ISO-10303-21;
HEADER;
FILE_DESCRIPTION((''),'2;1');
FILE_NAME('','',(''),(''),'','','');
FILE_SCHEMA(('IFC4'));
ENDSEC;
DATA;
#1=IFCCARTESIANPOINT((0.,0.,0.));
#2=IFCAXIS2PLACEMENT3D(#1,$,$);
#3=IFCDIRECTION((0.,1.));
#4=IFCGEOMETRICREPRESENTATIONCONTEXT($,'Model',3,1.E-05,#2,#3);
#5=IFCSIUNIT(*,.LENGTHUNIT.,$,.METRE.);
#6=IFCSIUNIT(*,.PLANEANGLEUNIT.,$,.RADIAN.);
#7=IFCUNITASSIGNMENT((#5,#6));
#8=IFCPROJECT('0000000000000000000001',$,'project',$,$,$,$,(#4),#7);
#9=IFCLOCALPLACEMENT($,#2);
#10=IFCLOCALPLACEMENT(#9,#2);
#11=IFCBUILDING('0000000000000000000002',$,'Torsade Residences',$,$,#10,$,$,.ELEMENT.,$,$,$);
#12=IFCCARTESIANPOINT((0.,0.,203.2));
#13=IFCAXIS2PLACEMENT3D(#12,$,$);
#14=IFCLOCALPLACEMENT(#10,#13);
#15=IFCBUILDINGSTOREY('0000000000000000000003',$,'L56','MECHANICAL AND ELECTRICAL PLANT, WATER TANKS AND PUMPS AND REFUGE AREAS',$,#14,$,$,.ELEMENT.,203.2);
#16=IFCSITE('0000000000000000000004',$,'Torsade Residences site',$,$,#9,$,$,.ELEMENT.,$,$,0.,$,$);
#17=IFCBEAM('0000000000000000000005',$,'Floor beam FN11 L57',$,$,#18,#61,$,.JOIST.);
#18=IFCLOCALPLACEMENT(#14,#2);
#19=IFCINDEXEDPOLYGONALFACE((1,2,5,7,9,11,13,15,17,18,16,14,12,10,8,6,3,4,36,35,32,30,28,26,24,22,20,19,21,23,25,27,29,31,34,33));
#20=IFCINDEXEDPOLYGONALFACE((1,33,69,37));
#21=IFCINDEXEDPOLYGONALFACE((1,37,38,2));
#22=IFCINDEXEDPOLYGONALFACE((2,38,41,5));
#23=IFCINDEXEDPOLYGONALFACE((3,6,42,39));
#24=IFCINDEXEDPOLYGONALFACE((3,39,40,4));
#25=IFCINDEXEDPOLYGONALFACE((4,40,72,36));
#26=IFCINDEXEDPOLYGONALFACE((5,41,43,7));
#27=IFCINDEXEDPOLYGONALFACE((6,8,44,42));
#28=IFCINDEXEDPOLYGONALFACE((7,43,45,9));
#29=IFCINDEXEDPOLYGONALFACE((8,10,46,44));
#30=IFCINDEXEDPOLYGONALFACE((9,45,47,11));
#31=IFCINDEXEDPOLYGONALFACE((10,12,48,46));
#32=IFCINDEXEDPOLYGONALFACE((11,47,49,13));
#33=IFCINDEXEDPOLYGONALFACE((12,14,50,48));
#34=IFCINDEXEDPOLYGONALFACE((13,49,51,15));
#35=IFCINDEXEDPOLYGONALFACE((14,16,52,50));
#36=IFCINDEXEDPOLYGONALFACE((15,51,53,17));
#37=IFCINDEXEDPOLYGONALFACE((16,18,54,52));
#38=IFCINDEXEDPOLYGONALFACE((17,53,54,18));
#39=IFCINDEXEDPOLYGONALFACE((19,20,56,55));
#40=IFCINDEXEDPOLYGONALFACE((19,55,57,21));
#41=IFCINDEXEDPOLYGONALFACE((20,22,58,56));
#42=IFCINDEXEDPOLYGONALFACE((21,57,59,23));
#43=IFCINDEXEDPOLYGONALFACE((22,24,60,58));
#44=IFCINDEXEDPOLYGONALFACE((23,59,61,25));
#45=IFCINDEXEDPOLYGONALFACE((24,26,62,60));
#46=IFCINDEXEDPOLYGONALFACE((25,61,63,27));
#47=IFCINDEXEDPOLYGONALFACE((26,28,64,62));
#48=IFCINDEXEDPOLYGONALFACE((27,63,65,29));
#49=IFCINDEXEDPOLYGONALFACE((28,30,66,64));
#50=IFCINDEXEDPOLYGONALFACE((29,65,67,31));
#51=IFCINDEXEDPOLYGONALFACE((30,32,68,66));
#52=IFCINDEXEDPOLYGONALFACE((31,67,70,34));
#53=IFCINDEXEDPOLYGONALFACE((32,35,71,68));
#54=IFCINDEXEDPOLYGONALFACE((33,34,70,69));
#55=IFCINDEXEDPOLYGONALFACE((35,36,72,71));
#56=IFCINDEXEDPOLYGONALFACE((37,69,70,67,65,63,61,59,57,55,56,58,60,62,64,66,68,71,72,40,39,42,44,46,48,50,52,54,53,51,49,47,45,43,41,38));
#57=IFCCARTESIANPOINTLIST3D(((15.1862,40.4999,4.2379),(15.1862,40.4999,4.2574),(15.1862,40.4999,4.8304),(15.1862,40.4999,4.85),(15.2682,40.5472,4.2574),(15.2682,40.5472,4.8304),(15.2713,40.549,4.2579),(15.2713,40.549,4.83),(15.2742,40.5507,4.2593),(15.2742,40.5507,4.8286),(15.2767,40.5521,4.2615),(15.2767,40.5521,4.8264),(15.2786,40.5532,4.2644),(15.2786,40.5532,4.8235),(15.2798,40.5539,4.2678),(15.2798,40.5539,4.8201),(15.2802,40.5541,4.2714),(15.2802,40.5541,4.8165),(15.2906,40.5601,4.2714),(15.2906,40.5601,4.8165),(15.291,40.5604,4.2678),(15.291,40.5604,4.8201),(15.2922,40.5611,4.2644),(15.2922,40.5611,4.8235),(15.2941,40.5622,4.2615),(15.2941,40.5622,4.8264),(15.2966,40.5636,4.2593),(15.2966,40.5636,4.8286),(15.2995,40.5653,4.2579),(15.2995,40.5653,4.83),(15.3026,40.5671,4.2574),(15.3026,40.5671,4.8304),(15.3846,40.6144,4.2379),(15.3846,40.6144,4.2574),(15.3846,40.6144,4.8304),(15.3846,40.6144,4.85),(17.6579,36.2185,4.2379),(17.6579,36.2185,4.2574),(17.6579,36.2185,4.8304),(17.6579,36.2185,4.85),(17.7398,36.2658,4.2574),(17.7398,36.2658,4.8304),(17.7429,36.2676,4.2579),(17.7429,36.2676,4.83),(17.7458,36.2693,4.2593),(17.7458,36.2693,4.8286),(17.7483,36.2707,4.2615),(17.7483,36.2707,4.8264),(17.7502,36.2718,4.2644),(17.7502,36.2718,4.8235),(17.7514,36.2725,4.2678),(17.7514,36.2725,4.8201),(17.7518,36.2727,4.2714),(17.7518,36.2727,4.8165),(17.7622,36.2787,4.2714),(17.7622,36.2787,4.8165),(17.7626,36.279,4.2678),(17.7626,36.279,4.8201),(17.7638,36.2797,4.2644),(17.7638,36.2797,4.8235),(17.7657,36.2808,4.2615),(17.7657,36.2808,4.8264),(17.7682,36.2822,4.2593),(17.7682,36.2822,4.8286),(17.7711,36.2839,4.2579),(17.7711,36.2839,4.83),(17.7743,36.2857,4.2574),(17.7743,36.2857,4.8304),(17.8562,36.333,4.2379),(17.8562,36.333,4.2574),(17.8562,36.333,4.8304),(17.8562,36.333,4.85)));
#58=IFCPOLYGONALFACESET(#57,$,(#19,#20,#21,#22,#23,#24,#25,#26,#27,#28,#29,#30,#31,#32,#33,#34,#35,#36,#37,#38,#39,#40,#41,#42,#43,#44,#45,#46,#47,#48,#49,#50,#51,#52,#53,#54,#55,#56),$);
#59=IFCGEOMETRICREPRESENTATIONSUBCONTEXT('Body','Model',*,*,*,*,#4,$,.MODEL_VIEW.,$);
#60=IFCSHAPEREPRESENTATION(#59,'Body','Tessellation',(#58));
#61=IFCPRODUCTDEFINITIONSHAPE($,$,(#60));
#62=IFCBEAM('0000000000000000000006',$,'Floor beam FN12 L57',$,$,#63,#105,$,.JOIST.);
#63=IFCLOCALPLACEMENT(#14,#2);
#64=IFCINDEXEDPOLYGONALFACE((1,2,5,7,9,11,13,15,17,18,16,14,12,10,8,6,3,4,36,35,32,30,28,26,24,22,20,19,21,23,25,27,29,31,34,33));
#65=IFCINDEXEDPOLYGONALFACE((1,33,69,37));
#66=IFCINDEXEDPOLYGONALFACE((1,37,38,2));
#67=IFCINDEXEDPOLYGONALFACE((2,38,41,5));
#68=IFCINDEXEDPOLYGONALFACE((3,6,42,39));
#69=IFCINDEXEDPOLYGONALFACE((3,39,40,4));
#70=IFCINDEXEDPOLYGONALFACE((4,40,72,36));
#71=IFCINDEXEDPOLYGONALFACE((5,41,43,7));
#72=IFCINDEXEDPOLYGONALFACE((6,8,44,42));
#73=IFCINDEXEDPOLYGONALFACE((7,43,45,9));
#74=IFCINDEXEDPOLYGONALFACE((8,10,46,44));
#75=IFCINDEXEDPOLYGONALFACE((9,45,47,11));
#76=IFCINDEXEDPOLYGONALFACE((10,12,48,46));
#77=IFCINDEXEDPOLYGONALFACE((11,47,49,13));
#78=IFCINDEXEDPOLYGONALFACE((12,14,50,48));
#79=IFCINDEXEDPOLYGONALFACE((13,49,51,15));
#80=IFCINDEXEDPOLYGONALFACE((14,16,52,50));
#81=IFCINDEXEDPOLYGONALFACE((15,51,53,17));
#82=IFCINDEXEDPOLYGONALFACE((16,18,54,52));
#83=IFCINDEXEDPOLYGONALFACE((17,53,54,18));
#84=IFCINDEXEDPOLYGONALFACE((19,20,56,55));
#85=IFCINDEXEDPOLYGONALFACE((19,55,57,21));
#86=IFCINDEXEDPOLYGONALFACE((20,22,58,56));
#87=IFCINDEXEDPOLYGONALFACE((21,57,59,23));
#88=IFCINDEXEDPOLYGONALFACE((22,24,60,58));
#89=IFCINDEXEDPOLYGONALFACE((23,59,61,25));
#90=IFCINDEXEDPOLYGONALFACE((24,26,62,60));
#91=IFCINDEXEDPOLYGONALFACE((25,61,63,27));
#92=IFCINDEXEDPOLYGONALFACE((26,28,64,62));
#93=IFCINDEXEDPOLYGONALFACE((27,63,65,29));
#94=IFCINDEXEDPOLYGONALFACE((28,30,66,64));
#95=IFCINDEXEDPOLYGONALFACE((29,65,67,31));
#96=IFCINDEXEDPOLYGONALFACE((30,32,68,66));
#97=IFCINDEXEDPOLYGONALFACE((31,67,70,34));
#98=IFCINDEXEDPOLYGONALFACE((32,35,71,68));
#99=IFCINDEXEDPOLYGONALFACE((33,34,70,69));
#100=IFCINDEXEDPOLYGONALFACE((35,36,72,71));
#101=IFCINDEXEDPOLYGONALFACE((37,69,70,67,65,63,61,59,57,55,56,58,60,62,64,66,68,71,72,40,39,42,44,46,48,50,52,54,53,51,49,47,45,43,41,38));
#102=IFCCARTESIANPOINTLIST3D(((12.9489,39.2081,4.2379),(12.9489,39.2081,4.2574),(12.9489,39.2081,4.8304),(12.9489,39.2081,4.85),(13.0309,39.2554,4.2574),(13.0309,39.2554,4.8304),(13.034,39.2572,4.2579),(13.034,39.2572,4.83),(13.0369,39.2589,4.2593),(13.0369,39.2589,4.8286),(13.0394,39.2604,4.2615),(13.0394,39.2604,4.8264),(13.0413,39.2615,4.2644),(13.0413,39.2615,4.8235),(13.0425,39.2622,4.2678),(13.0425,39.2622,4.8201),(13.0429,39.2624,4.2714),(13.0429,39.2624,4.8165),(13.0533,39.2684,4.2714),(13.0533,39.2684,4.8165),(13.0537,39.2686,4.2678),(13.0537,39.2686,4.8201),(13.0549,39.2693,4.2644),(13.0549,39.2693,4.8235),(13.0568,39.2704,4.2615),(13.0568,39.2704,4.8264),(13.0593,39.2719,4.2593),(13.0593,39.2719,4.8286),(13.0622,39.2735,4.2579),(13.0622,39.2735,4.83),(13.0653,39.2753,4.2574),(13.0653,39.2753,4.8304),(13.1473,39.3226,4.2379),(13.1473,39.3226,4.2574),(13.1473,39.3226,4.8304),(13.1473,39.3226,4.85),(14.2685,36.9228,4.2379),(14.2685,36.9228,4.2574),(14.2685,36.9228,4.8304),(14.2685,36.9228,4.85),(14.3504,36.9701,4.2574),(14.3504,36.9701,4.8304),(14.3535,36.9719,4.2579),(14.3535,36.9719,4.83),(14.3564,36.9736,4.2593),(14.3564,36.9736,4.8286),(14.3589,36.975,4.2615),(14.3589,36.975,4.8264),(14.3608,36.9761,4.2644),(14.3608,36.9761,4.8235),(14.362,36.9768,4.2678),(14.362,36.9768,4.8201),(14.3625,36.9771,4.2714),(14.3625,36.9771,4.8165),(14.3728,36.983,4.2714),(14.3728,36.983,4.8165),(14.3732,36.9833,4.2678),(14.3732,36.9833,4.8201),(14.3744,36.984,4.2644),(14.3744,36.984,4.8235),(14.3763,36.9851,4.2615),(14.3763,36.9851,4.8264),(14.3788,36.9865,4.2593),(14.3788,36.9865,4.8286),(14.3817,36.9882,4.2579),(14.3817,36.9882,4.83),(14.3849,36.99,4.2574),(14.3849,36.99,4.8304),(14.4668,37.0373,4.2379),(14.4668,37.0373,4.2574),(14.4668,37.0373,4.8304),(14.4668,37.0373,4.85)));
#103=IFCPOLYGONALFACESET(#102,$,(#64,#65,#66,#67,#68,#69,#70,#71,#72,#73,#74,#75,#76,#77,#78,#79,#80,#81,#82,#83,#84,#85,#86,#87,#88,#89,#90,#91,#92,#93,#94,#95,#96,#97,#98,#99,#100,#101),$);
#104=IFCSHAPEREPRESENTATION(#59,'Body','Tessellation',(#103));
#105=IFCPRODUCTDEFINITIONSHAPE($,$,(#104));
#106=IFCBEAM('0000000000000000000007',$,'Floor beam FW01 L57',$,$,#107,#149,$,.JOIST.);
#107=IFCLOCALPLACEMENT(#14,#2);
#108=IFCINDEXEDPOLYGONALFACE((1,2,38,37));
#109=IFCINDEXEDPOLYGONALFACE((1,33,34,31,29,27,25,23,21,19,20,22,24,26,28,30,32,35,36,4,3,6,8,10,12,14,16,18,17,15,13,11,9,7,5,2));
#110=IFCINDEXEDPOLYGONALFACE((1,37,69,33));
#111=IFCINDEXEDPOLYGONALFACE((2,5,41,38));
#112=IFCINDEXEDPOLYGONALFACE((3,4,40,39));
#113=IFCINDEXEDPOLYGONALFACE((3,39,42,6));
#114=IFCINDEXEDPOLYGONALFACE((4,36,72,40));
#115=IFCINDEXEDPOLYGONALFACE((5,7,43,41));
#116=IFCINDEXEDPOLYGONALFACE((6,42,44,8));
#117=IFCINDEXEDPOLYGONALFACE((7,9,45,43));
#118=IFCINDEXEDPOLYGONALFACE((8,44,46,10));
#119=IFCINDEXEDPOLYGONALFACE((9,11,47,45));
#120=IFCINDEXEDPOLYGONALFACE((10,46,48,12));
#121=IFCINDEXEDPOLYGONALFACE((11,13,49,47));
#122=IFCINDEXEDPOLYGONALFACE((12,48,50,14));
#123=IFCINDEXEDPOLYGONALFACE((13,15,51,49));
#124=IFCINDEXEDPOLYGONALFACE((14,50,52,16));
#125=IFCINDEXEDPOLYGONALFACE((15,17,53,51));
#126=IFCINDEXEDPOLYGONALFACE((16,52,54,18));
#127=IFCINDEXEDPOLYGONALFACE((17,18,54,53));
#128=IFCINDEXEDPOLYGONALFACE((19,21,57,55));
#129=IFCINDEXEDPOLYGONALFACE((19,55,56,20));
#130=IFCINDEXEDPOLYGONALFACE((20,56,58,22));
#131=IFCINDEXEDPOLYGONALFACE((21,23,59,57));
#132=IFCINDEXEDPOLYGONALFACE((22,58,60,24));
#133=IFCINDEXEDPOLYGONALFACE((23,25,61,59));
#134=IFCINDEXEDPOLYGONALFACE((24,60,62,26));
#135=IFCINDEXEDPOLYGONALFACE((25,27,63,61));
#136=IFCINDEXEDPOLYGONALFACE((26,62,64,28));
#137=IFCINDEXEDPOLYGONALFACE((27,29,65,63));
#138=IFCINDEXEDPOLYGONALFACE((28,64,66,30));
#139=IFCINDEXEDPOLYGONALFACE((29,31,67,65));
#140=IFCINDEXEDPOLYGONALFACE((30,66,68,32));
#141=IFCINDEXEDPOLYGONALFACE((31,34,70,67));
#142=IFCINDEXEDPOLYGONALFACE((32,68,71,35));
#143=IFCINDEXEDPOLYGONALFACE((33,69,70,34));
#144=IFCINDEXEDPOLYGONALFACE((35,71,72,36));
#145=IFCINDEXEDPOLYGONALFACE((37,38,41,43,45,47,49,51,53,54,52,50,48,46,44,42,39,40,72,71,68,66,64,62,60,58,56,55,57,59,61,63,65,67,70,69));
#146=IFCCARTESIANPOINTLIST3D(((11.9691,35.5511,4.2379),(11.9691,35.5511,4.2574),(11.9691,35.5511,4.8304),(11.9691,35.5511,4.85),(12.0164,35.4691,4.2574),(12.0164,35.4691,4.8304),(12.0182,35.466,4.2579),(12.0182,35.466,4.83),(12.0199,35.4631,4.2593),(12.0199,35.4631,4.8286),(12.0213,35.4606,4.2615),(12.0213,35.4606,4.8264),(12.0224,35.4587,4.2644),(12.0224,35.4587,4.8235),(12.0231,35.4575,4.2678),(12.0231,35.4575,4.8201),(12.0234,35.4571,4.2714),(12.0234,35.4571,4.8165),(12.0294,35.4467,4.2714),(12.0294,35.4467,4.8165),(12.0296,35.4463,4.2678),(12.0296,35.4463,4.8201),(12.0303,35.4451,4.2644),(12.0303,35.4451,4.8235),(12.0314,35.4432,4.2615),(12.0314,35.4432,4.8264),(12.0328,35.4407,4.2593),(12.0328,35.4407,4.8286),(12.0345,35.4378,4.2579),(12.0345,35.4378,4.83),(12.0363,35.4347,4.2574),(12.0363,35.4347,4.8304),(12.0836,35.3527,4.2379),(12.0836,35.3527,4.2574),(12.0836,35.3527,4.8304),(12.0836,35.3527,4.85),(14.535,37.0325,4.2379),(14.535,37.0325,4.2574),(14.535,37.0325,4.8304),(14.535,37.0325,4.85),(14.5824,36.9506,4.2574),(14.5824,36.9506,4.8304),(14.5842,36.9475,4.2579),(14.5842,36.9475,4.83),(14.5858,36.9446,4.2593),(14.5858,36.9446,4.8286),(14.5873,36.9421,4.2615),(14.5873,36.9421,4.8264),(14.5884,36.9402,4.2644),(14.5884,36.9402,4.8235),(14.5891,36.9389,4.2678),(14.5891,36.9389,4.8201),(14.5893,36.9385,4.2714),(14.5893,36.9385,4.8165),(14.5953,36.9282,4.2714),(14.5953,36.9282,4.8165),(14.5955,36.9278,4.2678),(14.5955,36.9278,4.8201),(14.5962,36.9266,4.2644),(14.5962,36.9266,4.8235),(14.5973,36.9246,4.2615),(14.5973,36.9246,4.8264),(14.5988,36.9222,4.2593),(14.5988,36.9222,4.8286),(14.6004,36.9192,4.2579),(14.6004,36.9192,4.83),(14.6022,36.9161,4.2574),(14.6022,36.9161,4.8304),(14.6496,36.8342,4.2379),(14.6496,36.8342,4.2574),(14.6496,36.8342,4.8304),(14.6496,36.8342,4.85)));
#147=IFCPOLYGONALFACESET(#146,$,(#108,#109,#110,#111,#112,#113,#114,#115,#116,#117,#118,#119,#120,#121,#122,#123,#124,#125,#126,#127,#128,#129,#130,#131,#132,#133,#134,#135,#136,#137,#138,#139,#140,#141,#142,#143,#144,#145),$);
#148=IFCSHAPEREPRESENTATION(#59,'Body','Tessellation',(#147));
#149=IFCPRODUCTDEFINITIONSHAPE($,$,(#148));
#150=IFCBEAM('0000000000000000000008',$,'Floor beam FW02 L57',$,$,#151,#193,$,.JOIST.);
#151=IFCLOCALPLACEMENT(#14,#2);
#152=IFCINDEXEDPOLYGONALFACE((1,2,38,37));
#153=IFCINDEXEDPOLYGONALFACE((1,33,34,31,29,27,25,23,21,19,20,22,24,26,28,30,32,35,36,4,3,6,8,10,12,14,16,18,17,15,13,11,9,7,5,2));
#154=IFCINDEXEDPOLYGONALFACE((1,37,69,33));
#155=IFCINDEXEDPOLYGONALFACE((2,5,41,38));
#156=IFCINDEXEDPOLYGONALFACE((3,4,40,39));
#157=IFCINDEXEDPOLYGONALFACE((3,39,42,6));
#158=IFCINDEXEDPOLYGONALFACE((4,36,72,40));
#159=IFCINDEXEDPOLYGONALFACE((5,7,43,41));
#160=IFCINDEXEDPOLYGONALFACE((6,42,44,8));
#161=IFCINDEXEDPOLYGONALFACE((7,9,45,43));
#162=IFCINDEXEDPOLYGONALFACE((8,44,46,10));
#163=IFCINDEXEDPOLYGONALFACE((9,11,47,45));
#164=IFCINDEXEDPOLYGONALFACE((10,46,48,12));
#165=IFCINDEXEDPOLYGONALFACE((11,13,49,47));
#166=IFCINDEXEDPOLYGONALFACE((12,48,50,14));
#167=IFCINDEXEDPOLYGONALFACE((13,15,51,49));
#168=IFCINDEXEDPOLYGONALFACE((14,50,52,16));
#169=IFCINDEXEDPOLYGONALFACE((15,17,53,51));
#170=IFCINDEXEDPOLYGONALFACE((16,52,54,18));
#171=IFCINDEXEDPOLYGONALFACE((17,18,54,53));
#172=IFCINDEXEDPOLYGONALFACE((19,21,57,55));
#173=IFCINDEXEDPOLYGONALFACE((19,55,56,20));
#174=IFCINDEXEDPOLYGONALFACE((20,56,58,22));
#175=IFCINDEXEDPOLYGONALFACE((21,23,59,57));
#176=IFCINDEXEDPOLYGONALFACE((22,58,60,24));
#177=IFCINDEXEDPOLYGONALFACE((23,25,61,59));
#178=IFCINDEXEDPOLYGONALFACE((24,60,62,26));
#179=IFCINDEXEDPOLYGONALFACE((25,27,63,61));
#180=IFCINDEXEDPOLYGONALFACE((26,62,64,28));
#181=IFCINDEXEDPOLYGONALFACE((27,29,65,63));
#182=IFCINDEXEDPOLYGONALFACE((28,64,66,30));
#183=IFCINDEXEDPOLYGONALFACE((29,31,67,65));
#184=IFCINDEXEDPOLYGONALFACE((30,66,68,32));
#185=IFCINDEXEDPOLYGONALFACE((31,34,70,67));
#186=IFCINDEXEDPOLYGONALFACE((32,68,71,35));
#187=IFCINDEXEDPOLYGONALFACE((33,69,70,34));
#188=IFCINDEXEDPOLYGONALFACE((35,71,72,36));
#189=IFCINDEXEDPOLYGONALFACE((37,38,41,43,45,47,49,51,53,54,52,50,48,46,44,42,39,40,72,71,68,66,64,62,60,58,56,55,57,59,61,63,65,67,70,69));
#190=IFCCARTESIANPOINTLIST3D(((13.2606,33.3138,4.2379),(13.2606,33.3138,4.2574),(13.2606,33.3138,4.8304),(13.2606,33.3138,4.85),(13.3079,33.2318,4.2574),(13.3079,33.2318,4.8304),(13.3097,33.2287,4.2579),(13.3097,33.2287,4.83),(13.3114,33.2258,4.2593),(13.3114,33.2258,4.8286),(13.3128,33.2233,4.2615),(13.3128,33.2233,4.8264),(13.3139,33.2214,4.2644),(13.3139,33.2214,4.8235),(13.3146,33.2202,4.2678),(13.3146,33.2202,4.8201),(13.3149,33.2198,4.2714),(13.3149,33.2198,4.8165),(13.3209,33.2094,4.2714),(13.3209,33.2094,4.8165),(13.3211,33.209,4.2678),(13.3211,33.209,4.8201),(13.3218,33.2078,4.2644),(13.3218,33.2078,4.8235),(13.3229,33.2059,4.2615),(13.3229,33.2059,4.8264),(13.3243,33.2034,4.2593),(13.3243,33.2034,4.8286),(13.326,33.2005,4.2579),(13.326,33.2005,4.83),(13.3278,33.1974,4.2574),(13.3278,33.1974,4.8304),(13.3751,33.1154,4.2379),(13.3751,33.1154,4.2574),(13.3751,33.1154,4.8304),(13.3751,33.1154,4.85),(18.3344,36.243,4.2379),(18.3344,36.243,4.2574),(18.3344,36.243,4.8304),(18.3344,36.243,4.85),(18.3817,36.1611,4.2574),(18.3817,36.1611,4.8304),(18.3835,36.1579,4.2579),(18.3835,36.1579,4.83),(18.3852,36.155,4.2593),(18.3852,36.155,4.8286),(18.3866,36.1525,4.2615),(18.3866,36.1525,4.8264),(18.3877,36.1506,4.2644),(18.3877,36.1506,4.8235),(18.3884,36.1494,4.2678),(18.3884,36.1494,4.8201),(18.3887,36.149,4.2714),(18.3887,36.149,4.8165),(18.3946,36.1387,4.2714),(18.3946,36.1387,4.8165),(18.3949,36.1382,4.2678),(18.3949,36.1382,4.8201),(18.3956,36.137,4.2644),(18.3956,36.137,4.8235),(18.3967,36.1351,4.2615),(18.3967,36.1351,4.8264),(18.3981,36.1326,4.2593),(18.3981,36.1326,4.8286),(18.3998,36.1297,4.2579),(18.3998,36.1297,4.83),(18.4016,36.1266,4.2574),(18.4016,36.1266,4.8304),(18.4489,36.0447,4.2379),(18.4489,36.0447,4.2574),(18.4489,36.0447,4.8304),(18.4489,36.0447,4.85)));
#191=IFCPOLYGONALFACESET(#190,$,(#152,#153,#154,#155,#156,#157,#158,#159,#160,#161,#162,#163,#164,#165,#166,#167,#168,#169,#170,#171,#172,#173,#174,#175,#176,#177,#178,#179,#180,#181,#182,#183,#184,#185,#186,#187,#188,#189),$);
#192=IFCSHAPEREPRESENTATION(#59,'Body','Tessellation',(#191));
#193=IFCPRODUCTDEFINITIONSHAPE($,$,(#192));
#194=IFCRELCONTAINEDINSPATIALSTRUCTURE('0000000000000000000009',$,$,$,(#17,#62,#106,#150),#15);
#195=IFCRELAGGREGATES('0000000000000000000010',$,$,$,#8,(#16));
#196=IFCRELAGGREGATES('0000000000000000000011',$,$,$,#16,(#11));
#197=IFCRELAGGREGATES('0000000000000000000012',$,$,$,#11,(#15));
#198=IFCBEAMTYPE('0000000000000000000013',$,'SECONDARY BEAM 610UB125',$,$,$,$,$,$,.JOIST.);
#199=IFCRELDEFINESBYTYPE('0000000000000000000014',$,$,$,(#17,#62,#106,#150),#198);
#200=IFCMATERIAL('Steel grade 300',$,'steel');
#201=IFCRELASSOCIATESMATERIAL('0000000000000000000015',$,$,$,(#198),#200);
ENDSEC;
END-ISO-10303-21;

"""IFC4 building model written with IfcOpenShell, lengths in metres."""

from ifc_helpers import new_model, si_unit, direction, frame, origin, origin_2d, place, context, subcontext, project, spatial, i_section, extrude, material, material_profile, profile_set, type_object, element, save


model = new_model("IFC4")

# Units and contexts
model_context = context("Model", 3, precision=1e-05, world=origin(), true_north=direction((0.0, 1.0)))
body_context = subcontext(model_context, "Body", "Model", "MODEL_VIEW")
ifc_project = project(units=[si_unit("LENGTHUNIT", "METRE"), si_unit("PLANEANGLEUNIT", "RADIAN")], contexts=[model_context])

# Site, building, storey
site_placement = place(None, origin())
site = spatial("IfcSite", under=ifc_project, at=site_placement, Name="Torsade Residences site", CompositionType="ELEMENT", RefElevation=0.0)
building_placement = place(site_placement, origin())
building = spatial("IfcBuilding", under=site, at=building_placement, Name="Torsade Residences", CompositionType="ELEMENT")
storey_placement = place(building_placement, frame((0.0, 0.0, 203.2)))
storey = spatial("IfcBuildingStorey", under=building, at=storey_placement, Name="L56", Description="MECHANICAL AND ELECTRICAL PLANT, WATER TANKS AND PUMPS AND REFUGE AREAS", CompositionType="ELEMENT", Elevation=203.2)

# Beams
ifc_material_1 = material(Name="Steel grade 300", Category="steel")
ifc_material_profile_1 = material_profile(ifc_material_1, i_section(OverallWidth=0.229, OverallDepth=0.6121, WebThickness=0.012, FlangeThickness=0.0195, FilletRadius=0.0139, at=origin_2d()), Name="610UB125")
ifc_profile_set_1 = profile_set([ifc_material_profile_1], Name="Steel grade 300")
beam_type_1 = type_object("IfcBeamType", Name="SECONDARY BEAM 610UB125", PredefinedType="JOIST", material=ifc_profile_set_1)
beam_1_placement = place(storey_placement, frame((15.2854, 40.5571, 4.5439), z_axis=(0.499963, -0.866047, 0.0), x_axis=(0.866047, 0.499963, 0.0)))
element("IfcBeam", 1, at=beam_1_placement, inside=storey, type_object=beam_type_1, Name="Floor beam FN11 L57", PredefinedType="JOIST", context=body_context, shape_type="SweptSolid", body=[
    extrude(i_section(OverallWidth=0.229, OverallDepth=0.6121, WebThickness=0.012, FlangeThickness=0.0195, FilletRadius=0.0139, at=origin_2d()), origin(), (0.0, 0.0, 1.0), 4.9436),
])
beam_2_placement = place(storey_placement, frame((13.0481, 39.2654, 4.5439), z_axis=(0.500029, -0.866008, 0.0), x_axis=(0.866008, 0.500029, 0.0)))
element("IfcBeam", 2, at=beam_2_placement, inside=storey, type_object=beam_type_1, Name="Floor beam FN12 L57", PredefinedType="JOIST", context=body_context, shape_type="SweptSolid", body=[
    extrude(i_section(OverallWidth=0.229, OverallDepth=0.6121, WebThickness=0.012, FlangeThickness=0.0195, FilletRadius=0.0139, at=origin_2d()), origin(), (0.0, 0.0, 1.0), 2.6389),
])
beam_3_placement = place(storey_placement, frame((12.0264, 35.4519, 4.5439), z_axis=(0.866024, 0.500003, 0.0), x_axis=(-0.500003, 0.866024, 0.0)))
element("IfcBeam", 3, at=beam_3_placement, inside=storey, type_object=beam_type_1, Name="Floor beam FW01 L57", PredefinedType="JOIST", context=body_context, shape_type="SweptSolid", body=[
    extrude(i_section(OverallWidth=0.229, OverallDepth=0.6121, WebThickness=0.012, FlangeThickness=0.0195, FilletRadius=0.0139, at=origin_2d()), origin(), (0.0, 0.0, 1.0), 2.9629),
])
beam_4_placement = place(storey_placement, frame((13.3179, 33.2146, 4.5439), z_axis=(0.866034, 0.499985, 0.0), x_axis=(-0.499985, 0.866034, 0.0)))
element("IfcBeam", 4, at=beam_4_placement, inside=storey, type_object=beam_type_1, Name="Floor beam FW02 L57", PredefinedType="JOIST", context=body_context, shape_type="SweptSolid", body=[
    extrude(i_section(OverallWidth=0.229, OverallDepth=0.6121, WebThickness=0.012, FlangeThickness=0.0195, FilletRadius=0.0139, at=origin_2d()), origin(), (0.0, 0.0, 1.0), 5.8586),
])

save(model, "model.ifc")
